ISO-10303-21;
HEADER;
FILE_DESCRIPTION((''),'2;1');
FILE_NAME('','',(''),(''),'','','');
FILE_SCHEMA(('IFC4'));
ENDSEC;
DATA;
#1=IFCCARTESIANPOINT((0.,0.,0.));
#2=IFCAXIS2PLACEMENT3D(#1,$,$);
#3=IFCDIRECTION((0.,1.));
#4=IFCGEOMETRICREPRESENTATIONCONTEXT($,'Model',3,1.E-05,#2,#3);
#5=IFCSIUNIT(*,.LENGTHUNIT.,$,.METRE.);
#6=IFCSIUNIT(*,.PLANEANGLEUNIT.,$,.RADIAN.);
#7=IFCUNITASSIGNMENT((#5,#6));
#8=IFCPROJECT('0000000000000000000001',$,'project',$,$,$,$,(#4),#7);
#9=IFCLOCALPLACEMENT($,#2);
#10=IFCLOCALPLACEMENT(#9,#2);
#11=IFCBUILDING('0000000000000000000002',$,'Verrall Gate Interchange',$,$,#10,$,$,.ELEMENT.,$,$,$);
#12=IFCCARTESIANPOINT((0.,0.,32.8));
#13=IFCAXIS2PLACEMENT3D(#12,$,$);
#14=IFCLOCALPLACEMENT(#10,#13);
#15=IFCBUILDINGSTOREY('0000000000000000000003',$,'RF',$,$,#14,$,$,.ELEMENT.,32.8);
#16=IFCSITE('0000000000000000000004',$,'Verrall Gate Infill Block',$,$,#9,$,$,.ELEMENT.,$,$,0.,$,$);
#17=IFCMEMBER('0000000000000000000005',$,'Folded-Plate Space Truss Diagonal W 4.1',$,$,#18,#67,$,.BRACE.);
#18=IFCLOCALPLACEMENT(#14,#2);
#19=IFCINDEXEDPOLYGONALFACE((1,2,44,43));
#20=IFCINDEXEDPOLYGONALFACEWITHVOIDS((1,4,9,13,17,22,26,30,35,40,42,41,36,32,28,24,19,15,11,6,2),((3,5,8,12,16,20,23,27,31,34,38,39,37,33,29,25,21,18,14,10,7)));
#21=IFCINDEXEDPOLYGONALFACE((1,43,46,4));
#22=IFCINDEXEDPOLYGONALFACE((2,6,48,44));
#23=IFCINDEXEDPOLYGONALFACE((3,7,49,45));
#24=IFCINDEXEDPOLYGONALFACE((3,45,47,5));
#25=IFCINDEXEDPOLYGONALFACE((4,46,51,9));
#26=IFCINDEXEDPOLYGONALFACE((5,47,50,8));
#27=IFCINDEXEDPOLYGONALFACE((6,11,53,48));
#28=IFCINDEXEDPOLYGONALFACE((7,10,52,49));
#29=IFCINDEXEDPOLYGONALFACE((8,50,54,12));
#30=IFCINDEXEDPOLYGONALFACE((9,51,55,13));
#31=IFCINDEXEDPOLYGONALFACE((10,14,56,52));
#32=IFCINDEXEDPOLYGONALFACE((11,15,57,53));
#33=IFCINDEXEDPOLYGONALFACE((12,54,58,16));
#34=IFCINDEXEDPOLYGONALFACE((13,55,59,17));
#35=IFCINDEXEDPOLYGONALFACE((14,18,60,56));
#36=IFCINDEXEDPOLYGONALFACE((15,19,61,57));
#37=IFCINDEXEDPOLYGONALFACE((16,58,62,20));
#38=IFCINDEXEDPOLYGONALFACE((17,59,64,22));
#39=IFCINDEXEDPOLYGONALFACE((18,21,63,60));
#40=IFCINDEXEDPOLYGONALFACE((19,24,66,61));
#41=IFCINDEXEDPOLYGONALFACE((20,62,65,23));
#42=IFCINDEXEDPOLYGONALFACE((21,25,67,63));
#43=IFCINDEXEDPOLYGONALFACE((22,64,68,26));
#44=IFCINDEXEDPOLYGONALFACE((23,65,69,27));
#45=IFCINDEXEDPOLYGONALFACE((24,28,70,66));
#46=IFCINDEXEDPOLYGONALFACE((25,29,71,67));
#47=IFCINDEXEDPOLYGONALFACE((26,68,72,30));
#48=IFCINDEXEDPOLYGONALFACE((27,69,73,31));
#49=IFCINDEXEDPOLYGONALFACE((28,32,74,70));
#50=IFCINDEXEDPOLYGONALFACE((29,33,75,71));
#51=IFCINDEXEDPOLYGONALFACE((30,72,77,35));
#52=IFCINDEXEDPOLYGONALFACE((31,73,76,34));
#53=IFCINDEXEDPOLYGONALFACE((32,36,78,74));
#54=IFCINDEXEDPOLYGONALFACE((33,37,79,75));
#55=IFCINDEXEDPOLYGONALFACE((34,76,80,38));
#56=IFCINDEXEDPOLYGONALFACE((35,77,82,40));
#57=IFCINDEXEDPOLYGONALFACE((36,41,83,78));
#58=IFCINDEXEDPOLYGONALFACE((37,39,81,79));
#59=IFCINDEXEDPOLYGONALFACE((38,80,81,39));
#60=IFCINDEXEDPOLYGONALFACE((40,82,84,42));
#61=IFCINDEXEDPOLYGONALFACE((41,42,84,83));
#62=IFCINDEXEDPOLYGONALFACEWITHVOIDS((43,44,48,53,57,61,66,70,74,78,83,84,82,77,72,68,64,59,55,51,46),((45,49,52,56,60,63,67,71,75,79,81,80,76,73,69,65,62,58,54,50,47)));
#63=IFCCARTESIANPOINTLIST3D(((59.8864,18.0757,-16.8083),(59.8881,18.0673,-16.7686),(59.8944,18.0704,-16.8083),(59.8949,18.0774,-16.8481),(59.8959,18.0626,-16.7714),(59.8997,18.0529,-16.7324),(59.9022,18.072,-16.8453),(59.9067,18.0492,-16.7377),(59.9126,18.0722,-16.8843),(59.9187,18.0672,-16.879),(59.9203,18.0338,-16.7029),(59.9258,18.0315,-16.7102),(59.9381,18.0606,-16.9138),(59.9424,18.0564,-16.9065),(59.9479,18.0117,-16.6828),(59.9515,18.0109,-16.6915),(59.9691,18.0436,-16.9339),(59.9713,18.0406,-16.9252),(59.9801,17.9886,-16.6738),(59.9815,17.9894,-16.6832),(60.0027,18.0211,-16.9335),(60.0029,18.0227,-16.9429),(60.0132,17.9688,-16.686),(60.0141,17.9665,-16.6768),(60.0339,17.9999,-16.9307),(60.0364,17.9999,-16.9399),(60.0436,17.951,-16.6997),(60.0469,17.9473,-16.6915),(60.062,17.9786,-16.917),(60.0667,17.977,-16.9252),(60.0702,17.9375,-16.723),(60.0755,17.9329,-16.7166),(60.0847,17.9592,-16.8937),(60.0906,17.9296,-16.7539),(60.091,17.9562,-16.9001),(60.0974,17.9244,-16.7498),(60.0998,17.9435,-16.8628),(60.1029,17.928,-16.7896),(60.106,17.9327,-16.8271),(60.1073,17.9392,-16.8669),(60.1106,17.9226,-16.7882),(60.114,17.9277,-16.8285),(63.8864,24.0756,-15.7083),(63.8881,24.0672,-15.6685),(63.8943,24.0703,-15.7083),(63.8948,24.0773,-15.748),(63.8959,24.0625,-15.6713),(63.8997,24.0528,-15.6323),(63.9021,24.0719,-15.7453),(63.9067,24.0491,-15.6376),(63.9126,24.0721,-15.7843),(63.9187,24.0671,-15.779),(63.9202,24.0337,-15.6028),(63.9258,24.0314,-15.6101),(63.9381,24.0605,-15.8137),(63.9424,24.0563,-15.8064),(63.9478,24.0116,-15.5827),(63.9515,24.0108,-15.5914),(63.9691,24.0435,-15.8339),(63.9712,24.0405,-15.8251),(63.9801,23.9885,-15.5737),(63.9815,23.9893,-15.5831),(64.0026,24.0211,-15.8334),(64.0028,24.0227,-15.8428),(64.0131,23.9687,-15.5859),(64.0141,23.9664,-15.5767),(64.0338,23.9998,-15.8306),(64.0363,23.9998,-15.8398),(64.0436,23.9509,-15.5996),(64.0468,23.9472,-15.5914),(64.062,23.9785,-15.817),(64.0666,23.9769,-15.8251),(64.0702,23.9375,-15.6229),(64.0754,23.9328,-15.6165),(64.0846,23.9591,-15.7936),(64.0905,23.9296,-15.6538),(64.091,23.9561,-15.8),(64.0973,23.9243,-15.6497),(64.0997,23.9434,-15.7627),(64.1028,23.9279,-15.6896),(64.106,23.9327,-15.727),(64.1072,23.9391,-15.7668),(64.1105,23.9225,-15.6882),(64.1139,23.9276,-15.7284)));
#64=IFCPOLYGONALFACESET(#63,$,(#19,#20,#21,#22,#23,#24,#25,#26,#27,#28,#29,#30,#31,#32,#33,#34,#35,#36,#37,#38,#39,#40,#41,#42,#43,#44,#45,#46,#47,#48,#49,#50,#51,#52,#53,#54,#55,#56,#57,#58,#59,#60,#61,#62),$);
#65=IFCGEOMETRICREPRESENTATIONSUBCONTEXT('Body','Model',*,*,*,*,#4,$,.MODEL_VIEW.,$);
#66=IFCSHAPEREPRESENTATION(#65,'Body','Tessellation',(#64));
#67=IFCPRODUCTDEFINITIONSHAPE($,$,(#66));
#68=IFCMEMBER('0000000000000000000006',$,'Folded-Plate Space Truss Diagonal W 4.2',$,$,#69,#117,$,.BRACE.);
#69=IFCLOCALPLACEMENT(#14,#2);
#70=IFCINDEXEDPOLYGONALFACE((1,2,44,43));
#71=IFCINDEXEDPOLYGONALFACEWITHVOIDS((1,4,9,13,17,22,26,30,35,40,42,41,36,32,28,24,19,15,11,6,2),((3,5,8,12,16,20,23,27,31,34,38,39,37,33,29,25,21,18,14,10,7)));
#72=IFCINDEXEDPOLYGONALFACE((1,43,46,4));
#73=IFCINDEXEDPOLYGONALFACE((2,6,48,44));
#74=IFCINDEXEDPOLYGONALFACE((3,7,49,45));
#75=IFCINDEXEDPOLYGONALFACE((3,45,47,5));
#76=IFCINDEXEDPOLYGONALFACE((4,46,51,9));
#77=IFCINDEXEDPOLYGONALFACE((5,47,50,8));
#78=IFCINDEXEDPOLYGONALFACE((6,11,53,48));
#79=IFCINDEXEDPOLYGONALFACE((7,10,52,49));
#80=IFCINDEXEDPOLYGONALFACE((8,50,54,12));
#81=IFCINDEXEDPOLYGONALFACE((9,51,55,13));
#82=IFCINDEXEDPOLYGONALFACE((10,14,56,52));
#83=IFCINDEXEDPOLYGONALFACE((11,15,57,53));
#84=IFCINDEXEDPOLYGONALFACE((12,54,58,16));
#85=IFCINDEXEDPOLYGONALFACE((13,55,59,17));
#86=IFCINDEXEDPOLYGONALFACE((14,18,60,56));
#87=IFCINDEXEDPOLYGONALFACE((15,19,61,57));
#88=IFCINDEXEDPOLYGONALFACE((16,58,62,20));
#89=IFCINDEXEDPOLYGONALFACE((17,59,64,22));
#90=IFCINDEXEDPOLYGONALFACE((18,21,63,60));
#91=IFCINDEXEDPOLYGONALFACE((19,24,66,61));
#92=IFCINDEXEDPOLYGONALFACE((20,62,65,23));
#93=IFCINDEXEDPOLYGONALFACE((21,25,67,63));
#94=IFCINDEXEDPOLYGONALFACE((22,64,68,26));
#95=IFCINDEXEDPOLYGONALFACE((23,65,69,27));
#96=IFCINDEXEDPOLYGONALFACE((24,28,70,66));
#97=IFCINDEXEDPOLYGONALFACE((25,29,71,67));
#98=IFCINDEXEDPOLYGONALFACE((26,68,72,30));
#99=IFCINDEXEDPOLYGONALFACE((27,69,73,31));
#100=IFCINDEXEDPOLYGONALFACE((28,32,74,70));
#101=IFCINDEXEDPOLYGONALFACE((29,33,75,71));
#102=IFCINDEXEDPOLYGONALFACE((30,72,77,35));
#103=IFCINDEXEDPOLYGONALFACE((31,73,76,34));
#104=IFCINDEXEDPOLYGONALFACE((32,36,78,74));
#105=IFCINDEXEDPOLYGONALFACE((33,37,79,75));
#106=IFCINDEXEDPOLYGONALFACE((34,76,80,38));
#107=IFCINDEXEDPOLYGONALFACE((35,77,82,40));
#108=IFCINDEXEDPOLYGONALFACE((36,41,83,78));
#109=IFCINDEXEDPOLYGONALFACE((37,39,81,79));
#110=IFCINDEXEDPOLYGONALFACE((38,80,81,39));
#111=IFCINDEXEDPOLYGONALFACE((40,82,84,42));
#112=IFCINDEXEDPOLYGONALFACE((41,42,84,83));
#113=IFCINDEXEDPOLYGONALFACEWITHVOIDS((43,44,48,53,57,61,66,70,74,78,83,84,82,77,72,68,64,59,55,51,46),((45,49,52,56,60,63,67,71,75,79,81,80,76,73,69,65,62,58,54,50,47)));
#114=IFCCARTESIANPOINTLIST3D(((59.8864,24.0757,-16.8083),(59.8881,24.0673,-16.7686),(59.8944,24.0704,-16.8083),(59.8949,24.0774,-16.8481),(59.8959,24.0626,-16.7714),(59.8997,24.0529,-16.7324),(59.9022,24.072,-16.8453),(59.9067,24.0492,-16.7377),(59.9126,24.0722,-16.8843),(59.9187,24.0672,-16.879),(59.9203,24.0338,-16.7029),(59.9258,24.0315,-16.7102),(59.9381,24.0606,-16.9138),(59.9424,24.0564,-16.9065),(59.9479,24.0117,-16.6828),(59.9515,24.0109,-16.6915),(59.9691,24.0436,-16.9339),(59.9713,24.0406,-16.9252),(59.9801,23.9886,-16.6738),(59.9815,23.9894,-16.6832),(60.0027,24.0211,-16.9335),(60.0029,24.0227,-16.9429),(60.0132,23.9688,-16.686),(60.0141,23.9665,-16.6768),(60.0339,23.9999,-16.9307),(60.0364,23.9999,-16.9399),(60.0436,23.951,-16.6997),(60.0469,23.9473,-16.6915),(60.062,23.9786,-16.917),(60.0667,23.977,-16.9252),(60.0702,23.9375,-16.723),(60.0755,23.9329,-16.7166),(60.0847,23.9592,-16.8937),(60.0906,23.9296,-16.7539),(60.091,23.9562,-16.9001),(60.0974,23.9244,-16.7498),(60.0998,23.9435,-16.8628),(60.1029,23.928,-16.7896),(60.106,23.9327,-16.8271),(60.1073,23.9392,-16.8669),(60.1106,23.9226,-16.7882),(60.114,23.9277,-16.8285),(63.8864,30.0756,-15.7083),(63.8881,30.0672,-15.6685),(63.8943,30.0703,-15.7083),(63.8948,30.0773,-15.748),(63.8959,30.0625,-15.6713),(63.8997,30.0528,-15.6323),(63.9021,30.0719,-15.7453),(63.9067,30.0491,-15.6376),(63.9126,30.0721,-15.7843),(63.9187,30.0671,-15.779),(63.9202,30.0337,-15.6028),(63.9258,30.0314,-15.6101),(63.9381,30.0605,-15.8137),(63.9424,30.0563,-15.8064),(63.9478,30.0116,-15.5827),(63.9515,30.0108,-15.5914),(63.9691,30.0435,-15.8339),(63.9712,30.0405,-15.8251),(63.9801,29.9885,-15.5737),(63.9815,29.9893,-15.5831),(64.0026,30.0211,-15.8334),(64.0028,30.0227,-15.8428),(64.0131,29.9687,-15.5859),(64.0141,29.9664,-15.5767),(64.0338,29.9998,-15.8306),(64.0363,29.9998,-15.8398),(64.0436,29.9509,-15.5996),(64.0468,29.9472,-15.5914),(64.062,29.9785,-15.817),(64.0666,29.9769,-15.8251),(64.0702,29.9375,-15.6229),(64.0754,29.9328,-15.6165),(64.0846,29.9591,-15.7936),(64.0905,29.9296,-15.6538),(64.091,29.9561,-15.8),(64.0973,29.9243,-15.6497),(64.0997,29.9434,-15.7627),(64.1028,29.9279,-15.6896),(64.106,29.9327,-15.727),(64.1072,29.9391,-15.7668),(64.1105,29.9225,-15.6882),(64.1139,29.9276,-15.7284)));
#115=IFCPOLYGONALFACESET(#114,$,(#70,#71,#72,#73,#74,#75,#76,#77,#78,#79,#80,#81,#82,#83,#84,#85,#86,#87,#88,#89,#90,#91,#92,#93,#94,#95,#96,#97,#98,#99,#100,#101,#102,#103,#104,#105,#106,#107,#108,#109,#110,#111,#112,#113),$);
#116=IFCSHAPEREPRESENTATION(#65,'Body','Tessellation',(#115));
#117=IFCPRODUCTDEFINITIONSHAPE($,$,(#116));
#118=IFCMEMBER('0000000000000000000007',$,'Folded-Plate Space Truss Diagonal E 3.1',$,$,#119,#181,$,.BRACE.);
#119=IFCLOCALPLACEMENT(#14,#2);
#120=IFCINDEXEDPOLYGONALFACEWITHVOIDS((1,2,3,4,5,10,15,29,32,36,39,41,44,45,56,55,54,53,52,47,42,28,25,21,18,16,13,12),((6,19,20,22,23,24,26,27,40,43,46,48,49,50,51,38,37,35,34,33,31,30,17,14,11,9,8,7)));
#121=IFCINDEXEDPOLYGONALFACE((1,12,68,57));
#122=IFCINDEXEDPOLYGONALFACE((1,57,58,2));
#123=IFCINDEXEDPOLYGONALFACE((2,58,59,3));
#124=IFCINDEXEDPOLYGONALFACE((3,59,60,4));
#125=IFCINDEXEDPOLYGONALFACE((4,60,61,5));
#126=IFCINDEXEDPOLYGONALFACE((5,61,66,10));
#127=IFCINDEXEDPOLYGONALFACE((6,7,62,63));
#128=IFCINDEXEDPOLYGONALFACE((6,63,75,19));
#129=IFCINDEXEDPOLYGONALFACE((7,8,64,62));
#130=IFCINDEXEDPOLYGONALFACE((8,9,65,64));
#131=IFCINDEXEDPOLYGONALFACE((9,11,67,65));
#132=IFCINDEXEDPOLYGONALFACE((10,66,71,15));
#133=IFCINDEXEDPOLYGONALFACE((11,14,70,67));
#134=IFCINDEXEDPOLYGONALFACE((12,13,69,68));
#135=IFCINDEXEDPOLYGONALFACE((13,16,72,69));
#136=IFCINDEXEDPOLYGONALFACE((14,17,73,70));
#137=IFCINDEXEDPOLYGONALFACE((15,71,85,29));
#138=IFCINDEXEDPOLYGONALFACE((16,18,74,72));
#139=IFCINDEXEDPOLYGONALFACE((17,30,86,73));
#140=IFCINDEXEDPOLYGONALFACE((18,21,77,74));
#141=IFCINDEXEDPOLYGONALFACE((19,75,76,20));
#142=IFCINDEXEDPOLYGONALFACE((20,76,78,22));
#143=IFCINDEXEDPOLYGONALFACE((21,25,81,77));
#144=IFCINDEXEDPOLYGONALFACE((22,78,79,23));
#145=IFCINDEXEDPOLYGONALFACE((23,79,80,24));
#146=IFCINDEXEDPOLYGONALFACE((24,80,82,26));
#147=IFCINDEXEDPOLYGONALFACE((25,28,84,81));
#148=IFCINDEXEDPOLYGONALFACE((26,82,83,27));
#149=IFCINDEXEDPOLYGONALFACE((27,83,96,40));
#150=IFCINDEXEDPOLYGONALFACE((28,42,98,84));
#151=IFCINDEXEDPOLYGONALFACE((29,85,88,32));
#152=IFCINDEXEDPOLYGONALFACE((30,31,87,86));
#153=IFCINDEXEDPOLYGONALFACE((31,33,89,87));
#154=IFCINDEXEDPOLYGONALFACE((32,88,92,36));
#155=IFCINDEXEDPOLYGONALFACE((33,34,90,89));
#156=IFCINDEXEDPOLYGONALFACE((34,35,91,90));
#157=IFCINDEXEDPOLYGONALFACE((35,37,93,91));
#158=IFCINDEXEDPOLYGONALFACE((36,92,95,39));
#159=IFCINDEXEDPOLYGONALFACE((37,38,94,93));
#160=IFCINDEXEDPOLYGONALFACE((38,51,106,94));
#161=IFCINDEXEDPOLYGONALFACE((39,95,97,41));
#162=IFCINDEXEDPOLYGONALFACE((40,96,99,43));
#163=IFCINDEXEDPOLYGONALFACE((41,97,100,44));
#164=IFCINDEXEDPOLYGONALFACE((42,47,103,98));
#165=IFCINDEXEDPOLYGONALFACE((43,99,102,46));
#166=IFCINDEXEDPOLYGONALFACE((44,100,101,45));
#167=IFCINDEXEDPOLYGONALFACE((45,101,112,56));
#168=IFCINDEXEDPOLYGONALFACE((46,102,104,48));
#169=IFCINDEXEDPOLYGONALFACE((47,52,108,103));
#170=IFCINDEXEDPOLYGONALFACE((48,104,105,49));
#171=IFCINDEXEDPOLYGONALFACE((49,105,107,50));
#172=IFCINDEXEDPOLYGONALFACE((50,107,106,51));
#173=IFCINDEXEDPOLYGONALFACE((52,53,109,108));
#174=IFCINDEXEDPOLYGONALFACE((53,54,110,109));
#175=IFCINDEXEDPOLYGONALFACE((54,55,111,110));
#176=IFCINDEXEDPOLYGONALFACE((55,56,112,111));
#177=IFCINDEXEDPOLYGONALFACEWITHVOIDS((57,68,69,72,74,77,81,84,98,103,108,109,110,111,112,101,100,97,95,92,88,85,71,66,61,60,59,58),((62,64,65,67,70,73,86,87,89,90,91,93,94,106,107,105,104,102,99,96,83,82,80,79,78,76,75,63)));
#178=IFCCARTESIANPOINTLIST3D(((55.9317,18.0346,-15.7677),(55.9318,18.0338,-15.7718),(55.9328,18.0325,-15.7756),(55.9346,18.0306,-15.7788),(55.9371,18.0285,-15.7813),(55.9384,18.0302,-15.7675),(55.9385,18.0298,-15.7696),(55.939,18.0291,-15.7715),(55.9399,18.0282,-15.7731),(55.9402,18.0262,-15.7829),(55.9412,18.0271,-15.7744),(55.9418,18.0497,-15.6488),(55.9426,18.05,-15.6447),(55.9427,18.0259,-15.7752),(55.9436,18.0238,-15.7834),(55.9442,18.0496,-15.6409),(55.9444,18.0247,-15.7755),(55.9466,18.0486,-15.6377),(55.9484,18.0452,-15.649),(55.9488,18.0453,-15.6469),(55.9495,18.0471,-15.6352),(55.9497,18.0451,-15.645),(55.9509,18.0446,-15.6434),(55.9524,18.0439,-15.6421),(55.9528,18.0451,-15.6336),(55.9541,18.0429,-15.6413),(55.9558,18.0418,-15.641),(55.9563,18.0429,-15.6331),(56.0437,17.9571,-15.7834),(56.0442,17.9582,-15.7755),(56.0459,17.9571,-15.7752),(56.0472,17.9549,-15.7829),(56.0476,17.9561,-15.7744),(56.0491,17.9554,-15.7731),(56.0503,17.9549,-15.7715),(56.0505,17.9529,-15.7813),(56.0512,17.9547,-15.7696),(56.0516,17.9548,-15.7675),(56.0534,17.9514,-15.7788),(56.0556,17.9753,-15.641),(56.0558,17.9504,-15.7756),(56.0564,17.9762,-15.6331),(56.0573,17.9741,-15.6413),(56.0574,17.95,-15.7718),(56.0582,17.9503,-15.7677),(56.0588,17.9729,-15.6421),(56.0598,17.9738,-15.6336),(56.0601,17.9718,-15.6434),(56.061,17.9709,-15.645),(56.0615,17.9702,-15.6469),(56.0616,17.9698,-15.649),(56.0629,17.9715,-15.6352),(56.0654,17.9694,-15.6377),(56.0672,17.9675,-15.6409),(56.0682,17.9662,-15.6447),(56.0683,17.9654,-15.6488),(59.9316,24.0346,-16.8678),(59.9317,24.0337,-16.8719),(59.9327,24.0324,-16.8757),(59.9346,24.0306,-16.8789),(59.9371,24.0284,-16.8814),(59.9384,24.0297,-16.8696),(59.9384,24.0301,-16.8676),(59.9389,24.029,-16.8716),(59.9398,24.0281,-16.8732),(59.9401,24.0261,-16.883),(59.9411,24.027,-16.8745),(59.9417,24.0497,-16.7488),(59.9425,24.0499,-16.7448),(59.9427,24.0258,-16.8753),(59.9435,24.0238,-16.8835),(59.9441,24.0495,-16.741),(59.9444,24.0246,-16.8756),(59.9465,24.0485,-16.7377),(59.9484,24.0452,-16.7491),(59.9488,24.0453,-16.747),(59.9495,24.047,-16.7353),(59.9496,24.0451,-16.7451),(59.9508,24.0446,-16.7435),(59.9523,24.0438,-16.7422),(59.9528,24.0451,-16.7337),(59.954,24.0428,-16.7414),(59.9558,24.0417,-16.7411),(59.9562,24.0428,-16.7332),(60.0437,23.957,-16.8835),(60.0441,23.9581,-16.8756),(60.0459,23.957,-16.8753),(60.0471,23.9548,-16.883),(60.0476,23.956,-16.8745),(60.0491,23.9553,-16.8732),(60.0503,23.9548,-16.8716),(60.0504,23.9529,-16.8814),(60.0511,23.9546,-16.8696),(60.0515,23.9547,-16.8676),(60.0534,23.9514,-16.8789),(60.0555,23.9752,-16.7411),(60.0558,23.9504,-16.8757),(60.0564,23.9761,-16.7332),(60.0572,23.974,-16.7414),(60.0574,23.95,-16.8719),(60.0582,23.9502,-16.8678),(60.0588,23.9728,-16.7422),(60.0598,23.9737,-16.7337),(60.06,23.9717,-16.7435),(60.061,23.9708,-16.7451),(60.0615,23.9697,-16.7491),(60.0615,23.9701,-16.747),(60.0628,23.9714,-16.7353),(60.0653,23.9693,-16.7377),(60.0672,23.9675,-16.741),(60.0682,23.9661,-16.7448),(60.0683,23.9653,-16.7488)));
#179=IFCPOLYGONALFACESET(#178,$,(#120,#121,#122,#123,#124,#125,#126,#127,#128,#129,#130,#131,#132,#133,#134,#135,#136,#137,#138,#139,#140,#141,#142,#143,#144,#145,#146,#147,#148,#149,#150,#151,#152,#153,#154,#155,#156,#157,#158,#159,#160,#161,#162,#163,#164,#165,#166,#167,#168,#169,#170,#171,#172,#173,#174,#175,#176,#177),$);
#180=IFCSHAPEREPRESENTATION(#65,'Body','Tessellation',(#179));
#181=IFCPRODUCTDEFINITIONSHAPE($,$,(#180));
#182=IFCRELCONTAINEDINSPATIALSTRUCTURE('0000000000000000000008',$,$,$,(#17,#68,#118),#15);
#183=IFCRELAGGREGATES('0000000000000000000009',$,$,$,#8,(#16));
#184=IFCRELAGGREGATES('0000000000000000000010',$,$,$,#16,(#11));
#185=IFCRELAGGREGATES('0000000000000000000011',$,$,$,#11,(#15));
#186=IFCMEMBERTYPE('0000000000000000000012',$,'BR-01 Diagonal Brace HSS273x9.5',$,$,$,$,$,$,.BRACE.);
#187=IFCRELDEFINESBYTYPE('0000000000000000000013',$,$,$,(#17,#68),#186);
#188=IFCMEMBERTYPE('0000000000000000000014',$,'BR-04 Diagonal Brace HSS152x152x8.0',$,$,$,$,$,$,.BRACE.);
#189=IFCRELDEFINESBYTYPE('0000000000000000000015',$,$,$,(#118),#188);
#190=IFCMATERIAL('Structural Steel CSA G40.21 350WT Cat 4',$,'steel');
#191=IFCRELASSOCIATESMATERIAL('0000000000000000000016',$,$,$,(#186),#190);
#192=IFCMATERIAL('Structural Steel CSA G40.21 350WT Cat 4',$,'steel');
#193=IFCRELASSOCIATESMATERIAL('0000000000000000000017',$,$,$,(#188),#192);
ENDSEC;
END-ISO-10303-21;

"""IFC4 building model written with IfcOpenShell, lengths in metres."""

from ifc_helpers import new_model, si_unit, direction, frame, origin, origin_2d, place, context, subcontext, project, spatial, hollow_rectangle, hollow_circle, extrude, material, material_profile, profile_set, type_object, element, save


model = new_model("IFC4")

# Units and contexts
model_context = context("Model", 3, precision=1e-05, world=origin(), true_north=direction((0.0, 1.0)))
body_context = subcontext(model_context, "Body", "Model", "MODEL_VIEW")
ifc_project = project(units=[si_unit("LENGTHUNIT", "METRE"), si_unit("PLANEANGLEUNIT", "RADIAN")], contexts=[model_context])

# Site, building, storey
site_placement = place(None, origin())
site = spatial("IfcSite", under=ifc_project, at=site_placement, Name="Verrall Gate Infill Block", CompositionType="ELEMENT", RefElevation=0.0)
building_placement = place(site_placement, origin())
building = spatial("IfcBuilding", under=site, at=building_placement, Name="Verrall Gate Interchange", CompositionType="ELEMENT")
storey_placement = place(building_placement, frame((0.0, 0.0, 32.8)))
storey = spatial("IfcBuildingStorey", under=building, at=storey_placement, Name="RF", CompositionType="ELEMENT", Elevation=32.8)

# Members
ifc_material_1 = material(Name="Structural Steel CSA G40.21 350WT Cat 4", Category="steel")
ifc_material_profile_1 = material_profile(ifc_material_1, hollow_circle(Radius=0.1365, WallThickness=0.0095, at=origin_2d()), Name="HSS273x9.5")
ifc_profile_set_1 = profile_set([ifc_material_profile_1], Name="Structural Steel CSA G40.21 350WT Cat 4")
member_type_1 = type_object("IfcMemberType", Name="BR-01 Diagonal Brace HSS273x9.5", PredefinedType="BRACE", material=ifc_profile_set_1)
for number, where, z_axis, x_axis, name in (
    (1, (60.0, 18.0, -16.8083), (0.548356, 0.822534, 0.150811), (-0.83205, 0.5547, 0.0), "Folded-Plate Space Truss Diagonal W 4.1"),
    (2, (60.0, 24.0, -16.8083), (0.548356, 0.822534, 0.150811), (-0.83205, 0.5547, 0.0), "Folded-Plate Space Truss Diagonal W 4.2"),
):
    element("IfcMember", number, at=place(storey_placement, frame(where, z_axis=z_axis, x_axis=x_axis)), inside=storey, type_object=member_type_1, Name=name, PredefinedType="BRACE", context=body_context, shape_type="SweptSolid", body=[
        extrude(hollow_circle(Radius=0.1365, WallThickness=0.0095, at=origin_2d()), origin(), (0.0, 0.0, 1.0), 7.2944),
    ])
ifc_material_2 = material(Name="Structural Steel CSA G40.21 350WT Cat 4", Category="steel")
ifc_material_profile_2 = material_profile(ifc_material_2, hollow_rectangle(XDim=0.1521, YDim=0.1521, WallThickness=0.0081, InnerFilletRadius=0.0081, OuterFilletRadius=0.0159, at=origin_2d()), Name="HSS152x152x8.0")
ifc_profile_set_2 = profile_set([ifc_material_profile_2], Name="Structural Steel CSA G40.21 350WT Cat 4")
member_type_2 = type_object("IfcMemberType", Name="BR-04 Diagonal Brace HSS152x152x8.0", PredefinedType="BRACE", material=ifc_profile_set_2)
for number, where, z_axis, x_axis, name in (
    (3, (56.0, 18.0, -15.7083), (0.548356, 0.822534, -0.150811), (-0.83205, 0.5547, 0.0), "Folded-Plate Space Truss Diagonal E 3.1"),
):
    element("IfcMember", number, at=place(storey_placement, frame(where, z_axis=z_axis, x_axis=x_axis)), inside=storey, type_object=member_type_2, Name=name, PredefinedType="BRACE", context=body_context, shape_type="SweptSolid", body=[
        extrude(hollow_rectangle(XDim=0.1521, YDim=0.1521, WallThickness=0.0081, InnerFilletRadius=0.0081, OuterFilletRadius=0.0159, at=origin_2d()), origin(), (0.0, 0.0, 1.0), 7.2944),
    ])

save(model, "model.ifc")
